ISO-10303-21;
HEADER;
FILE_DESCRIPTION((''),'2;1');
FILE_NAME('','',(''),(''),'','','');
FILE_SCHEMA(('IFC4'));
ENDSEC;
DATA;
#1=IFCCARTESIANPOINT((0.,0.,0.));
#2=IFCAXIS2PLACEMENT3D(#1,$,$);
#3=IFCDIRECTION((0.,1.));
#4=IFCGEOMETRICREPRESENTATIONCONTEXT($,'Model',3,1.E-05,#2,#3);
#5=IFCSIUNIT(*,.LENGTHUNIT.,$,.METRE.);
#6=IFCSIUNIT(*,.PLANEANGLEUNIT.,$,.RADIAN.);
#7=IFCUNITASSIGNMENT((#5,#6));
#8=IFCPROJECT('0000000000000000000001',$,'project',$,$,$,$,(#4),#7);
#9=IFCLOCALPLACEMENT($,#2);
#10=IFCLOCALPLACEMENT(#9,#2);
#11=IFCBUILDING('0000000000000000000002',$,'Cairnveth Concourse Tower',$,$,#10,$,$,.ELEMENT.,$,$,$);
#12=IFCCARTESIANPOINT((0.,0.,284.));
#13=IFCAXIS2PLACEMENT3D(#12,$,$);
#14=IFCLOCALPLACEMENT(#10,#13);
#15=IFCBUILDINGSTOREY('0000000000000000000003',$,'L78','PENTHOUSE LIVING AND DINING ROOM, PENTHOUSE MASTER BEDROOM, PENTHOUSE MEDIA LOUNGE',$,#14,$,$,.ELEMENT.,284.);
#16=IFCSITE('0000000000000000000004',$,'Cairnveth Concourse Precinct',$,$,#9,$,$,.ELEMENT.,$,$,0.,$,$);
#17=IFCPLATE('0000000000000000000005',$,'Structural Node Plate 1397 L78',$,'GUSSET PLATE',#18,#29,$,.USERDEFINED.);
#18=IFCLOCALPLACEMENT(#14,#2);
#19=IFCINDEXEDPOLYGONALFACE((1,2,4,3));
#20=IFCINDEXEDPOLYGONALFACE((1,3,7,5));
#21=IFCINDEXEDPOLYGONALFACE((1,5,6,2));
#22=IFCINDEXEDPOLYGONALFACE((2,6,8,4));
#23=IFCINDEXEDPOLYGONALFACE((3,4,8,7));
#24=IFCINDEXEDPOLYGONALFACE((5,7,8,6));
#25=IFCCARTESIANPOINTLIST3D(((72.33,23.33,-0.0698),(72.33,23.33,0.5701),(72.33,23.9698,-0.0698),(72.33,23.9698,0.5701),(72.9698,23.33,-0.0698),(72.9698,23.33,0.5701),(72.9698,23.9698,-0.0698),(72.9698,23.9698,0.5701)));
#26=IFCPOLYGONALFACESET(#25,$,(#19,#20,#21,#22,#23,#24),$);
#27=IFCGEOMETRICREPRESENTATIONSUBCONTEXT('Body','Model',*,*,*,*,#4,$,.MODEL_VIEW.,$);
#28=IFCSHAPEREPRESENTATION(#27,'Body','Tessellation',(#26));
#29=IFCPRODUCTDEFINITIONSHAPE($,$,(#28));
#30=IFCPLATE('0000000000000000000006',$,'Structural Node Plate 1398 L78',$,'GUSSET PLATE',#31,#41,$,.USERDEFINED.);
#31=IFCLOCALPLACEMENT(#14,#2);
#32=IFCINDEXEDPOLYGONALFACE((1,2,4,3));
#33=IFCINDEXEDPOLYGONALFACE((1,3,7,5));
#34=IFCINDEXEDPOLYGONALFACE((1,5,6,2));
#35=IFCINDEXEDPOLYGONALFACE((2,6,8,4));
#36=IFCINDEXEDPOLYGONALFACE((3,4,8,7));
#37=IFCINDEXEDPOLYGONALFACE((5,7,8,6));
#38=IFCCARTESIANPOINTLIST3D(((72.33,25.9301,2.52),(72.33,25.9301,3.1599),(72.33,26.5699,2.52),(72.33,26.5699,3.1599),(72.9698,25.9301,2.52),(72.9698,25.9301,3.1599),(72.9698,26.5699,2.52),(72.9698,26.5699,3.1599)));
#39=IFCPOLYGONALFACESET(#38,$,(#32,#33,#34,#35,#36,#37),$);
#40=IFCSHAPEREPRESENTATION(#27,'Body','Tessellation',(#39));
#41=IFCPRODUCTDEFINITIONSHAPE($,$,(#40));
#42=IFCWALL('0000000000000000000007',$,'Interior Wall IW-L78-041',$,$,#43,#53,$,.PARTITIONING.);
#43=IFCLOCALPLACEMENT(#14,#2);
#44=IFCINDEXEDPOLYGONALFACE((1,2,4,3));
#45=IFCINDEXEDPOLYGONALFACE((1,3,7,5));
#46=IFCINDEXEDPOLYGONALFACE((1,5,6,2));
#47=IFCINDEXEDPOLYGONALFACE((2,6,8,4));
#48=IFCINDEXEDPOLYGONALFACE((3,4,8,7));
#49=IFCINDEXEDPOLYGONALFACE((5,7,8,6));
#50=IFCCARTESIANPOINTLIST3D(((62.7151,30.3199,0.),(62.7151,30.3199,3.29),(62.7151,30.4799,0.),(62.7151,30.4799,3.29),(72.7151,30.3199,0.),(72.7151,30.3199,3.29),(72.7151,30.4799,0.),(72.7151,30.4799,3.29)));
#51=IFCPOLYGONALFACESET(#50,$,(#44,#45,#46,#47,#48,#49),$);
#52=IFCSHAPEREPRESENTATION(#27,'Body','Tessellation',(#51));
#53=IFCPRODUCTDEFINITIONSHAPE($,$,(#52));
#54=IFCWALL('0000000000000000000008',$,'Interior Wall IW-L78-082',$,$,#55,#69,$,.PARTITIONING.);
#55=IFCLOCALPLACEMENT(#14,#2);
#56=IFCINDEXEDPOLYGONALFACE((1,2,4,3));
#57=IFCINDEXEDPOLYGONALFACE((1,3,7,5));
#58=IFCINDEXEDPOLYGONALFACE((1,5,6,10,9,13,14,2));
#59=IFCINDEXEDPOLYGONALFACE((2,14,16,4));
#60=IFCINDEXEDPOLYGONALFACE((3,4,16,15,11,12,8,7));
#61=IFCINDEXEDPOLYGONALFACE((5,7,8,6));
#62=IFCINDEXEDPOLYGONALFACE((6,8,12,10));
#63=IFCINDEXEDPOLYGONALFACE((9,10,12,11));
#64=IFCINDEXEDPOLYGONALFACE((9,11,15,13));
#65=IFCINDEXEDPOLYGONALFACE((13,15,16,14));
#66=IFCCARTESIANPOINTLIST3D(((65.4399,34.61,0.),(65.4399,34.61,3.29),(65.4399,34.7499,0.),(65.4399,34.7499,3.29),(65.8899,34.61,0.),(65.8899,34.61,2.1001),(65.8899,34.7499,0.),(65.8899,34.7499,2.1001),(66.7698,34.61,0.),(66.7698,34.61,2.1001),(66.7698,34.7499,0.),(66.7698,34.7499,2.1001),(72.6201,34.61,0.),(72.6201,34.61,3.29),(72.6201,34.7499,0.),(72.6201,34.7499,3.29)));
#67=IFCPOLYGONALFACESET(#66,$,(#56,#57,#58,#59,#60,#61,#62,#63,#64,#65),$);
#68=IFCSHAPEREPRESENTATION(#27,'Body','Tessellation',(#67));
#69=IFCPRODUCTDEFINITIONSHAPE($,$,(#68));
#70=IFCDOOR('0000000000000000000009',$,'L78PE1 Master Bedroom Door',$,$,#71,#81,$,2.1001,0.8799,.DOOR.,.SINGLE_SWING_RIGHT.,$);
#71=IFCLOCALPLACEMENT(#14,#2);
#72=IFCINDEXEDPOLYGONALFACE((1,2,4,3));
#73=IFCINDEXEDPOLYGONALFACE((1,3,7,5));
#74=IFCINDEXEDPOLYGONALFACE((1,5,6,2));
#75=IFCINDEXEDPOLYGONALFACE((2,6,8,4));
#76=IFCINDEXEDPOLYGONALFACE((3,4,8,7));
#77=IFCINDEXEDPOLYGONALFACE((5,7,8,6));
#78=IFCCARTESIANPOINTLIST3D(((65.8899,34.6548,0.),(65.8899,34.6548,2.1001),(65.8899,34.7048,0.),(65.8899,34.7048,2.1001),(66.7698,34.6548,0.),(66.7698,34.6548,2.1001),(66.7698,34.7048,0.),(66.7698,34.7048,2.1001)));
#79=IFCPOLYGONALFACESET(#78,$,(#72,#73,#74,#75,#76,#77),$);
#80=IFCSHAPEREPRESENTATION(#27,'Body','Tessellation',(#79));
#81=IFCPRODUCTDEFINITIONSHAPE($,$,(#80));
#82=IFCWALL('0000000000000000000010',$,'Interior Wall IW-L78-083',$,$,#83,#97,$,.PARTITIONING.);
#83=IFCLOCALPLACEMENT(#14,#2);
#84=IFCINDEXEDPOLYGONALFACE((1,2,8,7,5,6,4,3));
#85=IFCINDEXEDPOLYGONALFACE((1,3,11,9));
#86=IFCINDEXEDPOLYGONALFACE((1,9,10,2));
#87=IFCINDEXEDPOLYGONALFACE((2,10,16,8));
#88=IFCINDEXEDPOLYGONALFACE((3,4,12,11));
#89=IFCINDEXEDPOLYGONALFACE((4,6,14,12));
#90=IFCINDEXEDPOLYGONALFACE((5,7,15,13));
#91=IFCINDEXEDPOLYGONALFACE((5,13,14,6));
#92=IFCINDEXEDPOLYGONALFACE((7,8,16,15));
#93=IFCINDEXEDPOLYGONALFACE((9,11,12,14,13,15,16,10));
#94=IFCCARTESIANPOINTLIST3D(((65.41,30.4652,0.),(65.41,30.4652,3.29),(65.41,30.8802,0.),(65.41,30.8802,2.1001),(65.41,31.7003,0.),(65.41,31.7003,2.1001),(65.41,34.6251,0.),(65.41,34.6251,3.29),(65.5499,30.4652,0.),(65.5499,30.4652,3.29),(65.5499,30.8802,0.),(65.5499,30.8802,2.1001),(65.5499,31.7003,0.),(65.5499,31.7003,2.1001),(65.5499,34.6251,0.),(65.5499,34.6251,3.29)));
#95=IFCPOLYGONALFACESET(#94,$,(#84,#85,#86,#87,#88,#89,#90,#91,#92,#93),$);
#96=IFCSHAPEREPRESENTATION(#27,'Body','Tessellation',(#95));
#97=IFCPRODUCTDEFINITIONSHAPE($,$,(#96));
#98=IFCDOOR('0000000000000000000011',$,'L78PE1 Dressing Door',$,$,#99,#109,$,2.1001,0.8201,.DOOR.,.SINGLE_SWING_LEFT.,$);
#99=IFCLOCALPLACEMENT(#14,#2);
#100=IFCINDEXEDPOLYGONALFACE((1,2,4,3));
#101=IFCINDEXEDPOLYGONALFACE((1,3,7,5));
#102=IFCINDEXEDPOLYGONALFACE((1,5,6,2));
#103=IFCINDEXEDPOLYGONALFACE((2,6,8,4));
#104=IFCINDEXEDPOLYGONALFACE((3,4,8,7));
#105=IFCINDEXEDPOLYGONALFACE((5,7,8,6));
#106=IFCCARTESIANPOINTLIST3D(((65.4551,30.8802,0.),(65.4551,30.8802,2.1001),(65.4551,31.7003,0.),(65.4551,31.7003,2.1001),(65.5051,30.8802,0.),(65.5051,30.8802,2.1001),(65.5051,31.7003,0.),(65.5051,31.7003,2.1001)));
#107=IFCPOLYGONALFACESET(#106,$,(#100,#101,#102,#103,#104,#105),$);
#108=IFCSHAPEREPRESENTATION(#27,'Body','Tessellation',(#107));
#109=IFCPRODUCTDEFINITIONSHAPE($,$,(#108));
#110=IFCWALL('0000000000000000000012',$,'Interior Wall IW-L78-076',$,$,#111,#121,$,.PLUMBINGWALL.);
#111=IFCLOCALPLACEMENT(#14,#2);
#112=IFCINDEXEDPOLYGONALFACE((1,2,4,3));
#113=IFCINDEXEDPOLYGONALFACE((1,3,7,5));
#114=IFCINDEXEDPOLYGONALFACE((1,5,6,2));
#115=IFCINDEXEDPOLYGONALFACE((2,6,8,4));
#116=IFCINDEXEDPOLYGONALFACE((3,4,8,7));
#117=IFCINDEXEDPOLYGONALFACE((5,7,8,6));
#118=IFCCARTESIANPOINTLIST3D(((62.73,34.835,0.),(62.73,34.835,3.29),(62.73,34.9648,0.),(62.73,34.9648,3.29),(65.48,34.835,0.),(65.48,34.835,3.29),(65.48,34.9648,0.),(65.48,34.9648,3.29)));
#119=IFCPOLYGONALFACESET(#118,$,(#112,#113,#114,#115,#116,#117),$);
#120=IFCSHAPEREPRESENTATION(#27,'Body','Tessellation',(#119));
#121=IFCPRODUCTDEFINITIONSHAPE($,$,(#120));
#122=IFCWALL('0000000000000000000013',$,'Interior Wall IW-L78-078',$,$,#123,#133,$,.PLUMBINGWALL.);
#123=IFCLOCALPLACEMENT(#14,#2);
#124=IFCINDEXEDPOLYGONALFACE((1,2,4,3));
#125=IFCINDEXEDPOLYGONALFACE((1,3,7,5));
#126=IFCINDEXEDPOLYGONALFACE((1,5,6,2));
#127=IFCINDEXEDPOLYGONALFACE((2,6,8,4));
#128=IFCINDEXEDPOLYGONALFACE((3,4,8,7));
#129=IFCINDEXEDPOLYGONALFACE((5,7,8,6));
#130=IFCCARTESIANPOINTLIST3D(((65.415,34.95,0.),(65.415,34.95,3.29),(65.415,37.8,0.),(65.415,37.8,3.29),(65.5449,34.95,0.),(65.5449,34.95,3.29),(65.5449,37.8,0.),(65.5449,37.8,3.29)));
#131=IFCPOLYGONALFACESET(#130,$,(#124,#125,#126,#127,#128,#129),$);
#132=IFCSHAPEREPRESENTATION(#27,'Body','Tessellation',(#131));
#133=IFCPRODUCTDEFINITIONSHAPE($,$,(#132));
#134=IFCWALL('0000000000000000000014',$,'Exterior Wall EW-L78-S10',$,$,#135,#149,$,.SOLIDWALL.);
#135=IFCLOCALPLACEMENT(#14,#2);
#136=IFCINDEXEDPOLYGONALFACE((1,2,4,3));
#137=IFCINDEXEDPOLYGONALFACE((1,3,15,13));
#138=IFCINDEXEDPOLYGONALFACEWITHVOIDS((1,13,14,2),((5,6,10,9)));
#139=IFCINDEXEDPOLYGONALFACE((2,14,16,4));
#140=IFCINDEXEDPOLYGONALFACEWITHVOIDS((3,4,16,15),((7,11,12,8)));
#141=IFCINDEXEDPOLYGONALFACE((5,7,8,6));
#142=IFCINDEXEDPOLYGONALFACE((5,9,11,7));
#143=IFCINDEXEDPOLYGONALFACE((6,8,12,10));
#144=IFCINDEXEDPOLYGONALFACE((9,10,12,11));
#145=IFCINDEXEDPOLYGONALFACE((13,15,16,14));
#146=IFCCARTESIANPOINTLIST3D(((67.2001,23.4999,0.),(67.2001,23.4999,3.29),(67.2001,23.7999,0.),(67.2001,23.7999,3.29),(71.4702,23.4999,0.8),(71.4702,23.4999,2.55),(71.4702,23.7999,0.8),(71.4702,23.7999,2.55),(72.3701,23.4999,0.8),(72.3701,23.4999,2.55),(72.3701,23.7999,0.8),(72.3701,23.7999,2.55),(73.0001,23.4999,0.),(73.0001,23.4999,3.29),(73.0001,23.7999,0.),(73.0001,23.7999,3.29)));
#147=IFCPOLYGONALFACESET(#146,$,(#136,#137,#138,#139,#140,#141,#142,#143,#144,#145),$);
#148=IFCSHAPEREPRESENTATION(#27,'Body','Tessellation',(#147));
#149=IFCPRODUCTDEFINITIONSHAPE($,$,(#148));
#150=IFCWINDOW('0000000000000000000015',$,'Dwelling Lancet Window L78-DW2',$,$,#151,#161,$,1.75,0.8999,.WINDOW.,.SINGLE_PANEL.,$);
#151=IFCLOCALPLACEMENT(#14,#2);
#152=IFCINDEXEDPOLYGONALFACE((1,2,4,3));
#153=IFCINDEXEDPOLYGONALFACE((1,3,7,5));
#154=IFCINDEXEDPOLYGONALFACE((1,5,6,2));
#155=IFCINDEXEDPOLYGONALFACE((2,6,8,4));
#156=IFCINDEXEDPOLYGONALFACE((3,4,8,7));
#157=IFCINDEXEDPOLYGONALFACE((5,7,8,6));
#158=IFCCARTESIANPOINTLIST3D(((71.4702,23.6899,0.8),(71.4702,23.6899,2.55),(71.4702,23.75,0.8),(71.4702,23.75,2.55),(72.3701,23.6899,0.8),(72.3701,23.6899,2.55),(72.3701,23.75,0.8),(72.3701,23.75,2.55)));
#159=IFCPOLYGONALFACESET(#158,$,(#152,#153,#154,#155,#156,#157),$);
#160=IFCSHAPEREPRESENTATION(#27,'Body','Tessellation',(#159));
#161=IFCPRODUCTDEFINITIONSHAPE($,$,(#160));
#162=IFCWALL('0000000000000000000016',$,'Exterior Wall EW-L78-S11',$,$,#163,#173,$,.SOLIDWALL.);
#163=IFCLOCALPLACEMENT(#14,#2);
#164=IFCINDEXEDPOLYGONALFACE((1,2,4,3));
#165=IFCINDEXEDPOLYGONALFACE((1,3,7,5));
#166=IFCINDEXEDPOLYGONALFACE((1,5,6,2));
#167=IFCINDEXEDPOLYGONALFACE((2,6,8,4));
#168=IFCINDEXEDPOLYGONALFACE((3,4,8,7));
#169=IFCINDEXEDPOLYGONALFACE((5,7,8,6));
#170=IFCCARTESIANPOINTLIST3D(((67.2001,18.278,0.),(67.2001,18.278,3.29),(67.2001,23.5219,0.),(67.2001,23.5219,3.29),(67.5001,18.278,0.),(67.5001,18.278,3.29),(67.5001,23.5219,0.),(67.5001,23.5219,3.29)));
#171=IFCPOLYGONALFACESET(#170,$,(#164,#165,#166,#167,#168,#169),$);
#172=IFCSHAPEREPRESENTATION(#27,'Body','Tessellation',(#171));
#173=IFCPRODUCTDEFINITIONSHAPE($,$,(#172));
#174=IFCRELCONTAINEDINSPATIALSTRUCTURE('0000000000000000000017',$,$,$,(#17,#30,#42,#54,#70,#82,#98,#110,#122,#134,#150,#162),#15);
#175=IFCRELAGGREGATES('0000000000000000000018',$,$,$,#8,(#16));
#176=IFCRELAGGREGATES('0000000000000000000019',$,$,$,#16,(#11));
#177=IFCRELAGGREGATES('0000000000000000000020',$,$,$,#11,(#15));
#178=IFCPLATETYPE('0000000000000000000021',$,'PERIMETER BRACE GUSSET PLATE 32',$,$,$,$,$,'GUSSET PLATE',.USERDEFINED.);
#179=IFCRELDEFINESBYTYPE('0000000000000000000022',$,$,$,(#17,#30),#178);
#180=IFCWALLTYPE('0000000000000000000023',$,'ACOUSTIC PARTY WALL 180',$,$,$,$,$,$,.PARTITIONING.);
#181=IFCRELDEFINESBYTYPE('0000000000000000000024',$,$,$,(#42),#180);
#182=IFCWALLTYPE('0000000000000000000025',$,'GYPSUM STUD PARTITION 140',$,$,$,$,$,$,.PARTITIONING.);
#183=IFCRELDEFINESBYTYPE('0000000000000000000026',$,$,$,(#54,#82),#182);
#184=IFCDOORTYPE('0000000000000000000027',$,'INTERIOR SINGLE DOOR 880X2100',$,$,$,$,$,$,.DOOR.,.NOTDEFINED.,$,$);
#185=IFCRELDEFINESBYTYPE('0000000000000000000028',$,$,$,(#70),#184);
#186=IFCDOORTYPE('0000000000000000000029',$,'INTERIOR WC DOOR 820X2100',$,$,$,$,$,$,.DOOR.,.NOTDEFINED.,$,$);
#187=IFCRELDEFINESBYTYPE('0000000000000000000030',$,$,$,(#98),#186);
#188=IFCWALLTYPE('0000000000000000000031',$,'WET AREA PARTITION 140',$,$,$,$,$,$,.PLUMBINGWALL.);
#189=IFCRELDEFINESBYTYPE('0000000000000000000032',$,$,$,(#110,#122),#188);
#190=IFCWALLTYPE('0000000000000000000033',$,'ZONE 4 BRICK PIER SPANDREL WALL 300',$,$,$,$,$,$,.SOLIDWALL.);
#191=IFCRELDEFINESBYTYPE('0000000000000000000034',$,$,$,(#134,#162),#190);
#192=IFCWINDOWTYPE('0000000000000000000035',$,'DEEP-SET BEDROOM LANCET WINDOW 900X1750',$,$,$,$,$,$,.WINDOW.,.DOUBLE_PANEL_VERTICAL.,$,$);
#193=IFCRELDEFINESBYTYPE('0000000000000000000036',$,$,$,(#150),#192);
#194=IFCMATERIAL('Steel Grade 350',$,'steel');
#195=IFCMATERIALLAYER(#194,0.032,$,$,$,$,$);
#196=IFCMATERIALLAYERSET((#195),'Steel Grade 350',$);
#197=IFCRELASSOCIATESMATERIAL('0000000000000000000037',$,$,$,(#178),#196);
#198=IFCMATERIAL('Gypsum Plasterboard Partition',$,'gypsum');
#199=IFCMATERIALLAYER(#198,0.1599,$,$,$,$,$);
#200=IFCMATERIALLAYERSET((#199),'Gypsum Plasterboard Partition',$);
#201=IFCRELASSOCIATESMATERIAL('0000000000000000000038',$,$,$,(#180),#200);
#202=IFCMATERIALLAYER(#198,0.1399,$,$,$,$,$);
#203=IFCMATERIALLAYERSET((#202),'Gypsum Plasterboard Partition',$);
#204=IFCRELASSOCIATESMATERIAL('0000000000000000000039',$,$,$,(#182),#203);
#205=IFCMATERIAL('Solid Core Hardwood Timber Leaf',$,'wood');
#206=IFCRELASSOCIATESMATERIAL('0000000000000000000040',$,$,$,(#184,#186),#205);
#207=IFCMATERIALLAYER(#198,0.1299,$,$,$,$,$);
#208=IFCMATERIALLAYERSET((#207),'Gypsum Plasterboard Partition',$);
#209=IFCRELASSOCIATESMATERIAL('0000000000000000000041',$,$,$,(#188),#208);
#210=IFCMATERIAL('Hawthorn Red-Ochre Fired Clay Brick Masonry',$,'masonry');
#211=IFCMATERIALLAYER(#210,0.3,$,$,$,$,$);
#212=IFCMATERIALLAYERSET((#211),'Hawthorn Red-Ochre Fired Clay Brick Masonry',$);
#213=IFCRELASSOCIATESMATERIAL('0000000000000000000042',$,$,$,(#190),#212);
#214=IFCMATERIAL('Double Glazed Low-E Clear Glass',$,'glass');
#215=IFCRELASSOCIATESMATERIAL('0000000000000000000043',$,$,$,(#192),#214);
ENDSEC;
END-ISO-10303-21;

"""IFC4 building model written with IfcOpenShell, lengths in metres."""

from ifc_helpers import new_model, si_unit, direction, frame, frame_2d, origin, origin_2d, place, context, subcontext, project, spatial, rectangle, extrude, material, layer, layer_set, type_object, element, fill, save


model = new_model("IFC4")

# Units and contexts
model_context = context("Model", 3, precision=1e-05, world=origin(), true_north=direction((0.0, 1.0)))
body_context = subcontext(model_context, "Body", "Model", "MODEL_VIEW")
ifc_project = project(units=[si_unit("LENGTHUNIT", "METRE"), si_unit("PLANEANGLEUNIT", "RADIAN")], contexts=[model_context])

# Site, building, storey
site_placement = place(None, origin())
site = spatial("IfcSite", under=ifc_project, at=site_placement, Name="Cairnveth Concourse Precinct", CompositionType="ELEMENT", RefElevation=0.0)
building_placement = place(site_placement, origin())
building = spatial("IfcBuilding", under=site, at=building_placement, Name="Cairnveth Concourse Tower", CompositionType="ELEMENT")
storey_placement = place(building_placement, frame((0.0, 0.0, 284.0)))
storey = spatial("IfcBuildingStorey", under=building, at=storey_placement, Name="L78", Description="PENTHOUSE LIVING AND DINING ROOM, PENTHOUSE MASTER BEDROOM, PENTHOUSE MEDIA LOUNGE", CompositionType="ELEMENT", Elevation=284.0)

# Shared definitions
ifc_material_1 = material(Name="Steel Grade 350", Category="steel")

# Plates
ifc_layer_1 = layer(ifc_material_1, 0.032)
ifc_layer_set_1 = layer_set([ifc_layer_1], Name="Steel Grade 350")
plate_type = type_object("IfcPlateType", Name="PERIMETER BRACE GUSSET PLATE 32", ElementType="GUSSET PLATE", PredefinedType="USERDEFINED", material=ifc_layer_set_1)
for number, where, z_axis, x_axis, name in (
    (1, (72.6499, 23.6499, -0.0698), (0.0, 0.0, 1.0), (1.0, 0.0, 0.0), "Structural Node Plate 1397 L78"),
    (2, (72.6499, 26.25, 2.52), (0.0, 0.0, 1.0), (1.0, 0.0, 0.0), "Structural Node Plate 1398 L78"),
):
    element("IfcPlate", number, at=place(storey_placement, frame(where, z_axis=z_axis, x_axis=x_axis)), inside=storey, type_object=plate_type, Name=name, ObjectType="GUSSET PLATE", PredefinedType="USERDEFINED", context=body_context, shape_type="SweptSolid", body=[
        extrude(rectangle(XDim=0.6399, YDim=0.6399, at=origin_2d()), origin(), (0.0, 0.0, 1.0), 0.6399),
    ])

# Wall
ifc_material_2 = material(Name="Gypsum Plasterboard Partition", Category="gypsum")
ifc_layer_2 = layer(ifc_material_2, 0.1599)
ifc_layer_set_2 = layer_set([ifc_layer_2], Name="Gypsum Plasterboard Partition")
wall_type_1 = type_object("IfcWallType", Name="ACOUSTIC PARTY WALL 180", PredefinedType="PARTITIONING", material=ifc_layer_set_2)
wall_1_placement = place(storey_placement, frame((62.7151, 30.3999, 0.0), z_axis=(0.0, 0.0, 1.0), x_axis=(1.0, 0.0, 0.0)))
element("IfcWall", 3, at=wall_1_placement, inside=storey, type_object=wall_type_1, Name="Interior Wall IW-L78-041", PredefinedType="PARTITIONING", context=body_context, shape_type="SweptSolid", body=[
    extrude(rectangle(XDim=10.0, YDim=0.1599, at=frame_2d((5.0, 0.0))), origin(), (0.0, 0.0, 1.0), 3.29),
])

# Walls, openings, doors
ifc_layer_3 = layer(ifc_material_2, 0.1399)
ifc_layer_set_3 = layer_set([ifc_layer_3], Name="Gypsum Plasterboard Partition")
wall_type_2 = type_object("IfcWallType", Name="GYPSUM STUD PARTITION 140", PredefinedType="PARTITIONING", material=ifc_layer_set_3)
wall_2_placement = place(storey_placement, frame((65.4399, 34.6799, 0.0), z_axis=(0.0, 0.0, 1.0), x_axis=(1.0, 0.0, 0.0)))
wall_2 = element("IfcWall", 4, at=wall_2_placement, inside=storey, type_object=wall_type_2, Name="Interior Wall IW-L78-082", PredefinedType="PARTITIONING", context=body_context, shape_type="SweptSolid", body=[
    extrude(rectangle(XDim=7.1802, YDim=0.1399, at=frame_2d((3.5901, 0.0))), origin(), (0.0, 0.0, 1.0), 3.29),
])
opening_1_placement = place(wall_2_placement, frame((0.45, 0.0, 0.0)))
opening_1 = element("IfcOpeningElement", 5, at=opening_1_placement, cuts=wall_2, PredefinedType="OPENING", context=body_context, shape_type="SweptSolid", body=[
    extrude(rectangle(XDim=0.8799, YDim=2.1001, at=frame_2d((0.4399, 1.05))), frame((0.0, 0.0798, 0.0), z_axis=(0.0, -1.0, 0.0), x_axis=(1.0, 0.0, 0.0)), (0.0, 0.0, 1.0), 0.1599),
])
ifc_material_3 = material(Name="Solid Core Hardwood Timber Leaf", Category="wood")
door_type_1 = type_object("IfcDoorType", Name="INTERIOR SINGLE DOOR 880X2100", OperationType="NOTDEFINED", PredefinedType="DOOR", material=ifc_material_3)
door_1_placement = place(opening_1_placement, origin())
door_1 = element("IfcDoor", 6, at=door_1_placement, inside=storey, type_object=door_type_1, Name="L78PE1 Master Bedroom Door", OperationType="SINGLE_SWING_RIGHT", OverallHeight=2.1001, OverallWidth=0.8799, PredefinedType="DOOR", context=body_context, shape_type="SweptSolid", body=[
    extrude(rectangle(XDim=0.8799, YDim=2.1001, at=frame_2d((0.4399, 1.05))), frame((0.0, 0.0249, 0.0), z_axis=(0.0, -1.0, 0.0), x_axis=(1.0, 0.0, 0.0)), (0.0, 0.0, 1.0), 0.05),
])
fill(opening_1, door_1)
wall_3_placement = place(storey_placement, frame((65.48, 30.4651, 0.0), z_axis=(0.0, 0.0, 1.0), x_axis=(0.0, 1.0, 0.0)))
wall_3 = element("IfcWall", 7, at=wall_3_placement, inside=storey, type_object=wall_type_2, Name="Interior Wall IW-L78-083", PredefinedType="PARTITIONING", context=body_context, shape_type="SweptSolid", body=[
    extrude(rectangle(XDim=4.1599, YDim=0.1399, at=frame_2d((2.0801, 0.0))), origin(), (0.0, 0.0, 1.0), 3.29),
])
opening_2_placement = place(wall_3_placement, frame((0.415, 0.0, 0.0)))
opening_2 = element("IfcOpeningElement", 8, at=opening_2_placement, cuts=wall_3, PredefinedType="OPENING", context=body_context, shape_type="SweptSolid", body=[
    extrude(rectangle(XDim=0.8201, YDim=2.1001, at=frame_2d((0.4102, 1.05))), frame((0.0, 0.0798, 0.0), z_axis=(0.0, -1.0, 0.0), x_axis=(1.0, 0.0, 0.0)), (0.0, 0.0, 1.0), 0.1599),
])
door_type_2 = type_object("IfcDoorType", Name="INTERIOR WC DOOR 820X2100", OperationType="NOTDEFINED", PredefinedType="DOOR", material=ifc_material_3)
door_2_placement = place(opening_2_placement, origin())
door_2 = element("IfcDoor", 9, at=door_2_placement, inside=storey, type_object=door_type_2, Name="L78PE1 Dressing Door", OperationType="SINGLE_SWING_LEFT", OverallHeight=2.1001, OverallWidth=0.8201, PredefinedType="DOOR", context=body_context, shape_type="SweptSolid", body=[
    extrude(rectangle(XDim=0.8201, YDim=2.1001, at=frame_2d((0.4102, 1.05))), frame((0.0, 0.0249, 0.0), z_axis=(0.0, -1.0, 0.0), x_axis=(1.0, 0.0, 0.0)), (0.0, 0.0, 1.0), 0.05),
])
fill(opening_2, door_2)

# Walls
ifc_layer_4 = layer(ifc_material_2, 0.1299)
ifc_layer_set_4 = layer_set([ifc_layer_4], Name="Gypsum Plasterboard Partition")
wall_type_3 = type_object("IfcWallType", Name="WET AREA PARTITION 140", PredefinedType="PLUMBINGWALL", material=ifc_layer_set_4)
wall_4_placement = place(storey_placement, frame((62.73, 34.8999, 0.0), z_axis=(0.0, 0.0, 1.0), x_axis=(1.0, 0.0, 0.0)))
element("IfcWall", 10, at=wall_4_placement, inside=storey, type_object=wall_type_3, Name="Interior Wall IW-L78-076", PredefinedType="PLUMBINGWALL", context=body_context, shape_type="SweptSolid", body=[
    extrude(rectangle(XDim=2.75, YDim=0.1299, at=frame_2d((1.375, 0.0))), origin(), (0.0, 0.0, 1.0), 3.29),
])
wall_5_placement = place(storey_placement, frame((65.48, 34.95, 0.0), z_axis=(0.0, 0.0, 1.0), x_axis=(0.0, 1.0, 0.0)))
element("IfcWall", 11, at=wall_5_placement, inside=storey, type_object=wall_type_3, Name="Interior Wall IW-L78-078", PredefinedType="PLUMBINGWALL", context=body_context, shape_type="SweptSolid", body=[
    extrude(rectangle(XDim=2.8501, YDim=0.1299, at=frame_2d((1.425, 0.0))), origin(), (0.0, 0.0, 1.0), 3.29),
])

# Wall, opening, window
ifc_material_4 = material(Name="Hawthorn Red-Ochre Fired Clay Brick Masonry", Category="masonry")
ifc_layer_5 = layer(ifc_material_4, 0.3)
ifc_layer_set_5 = layer_set([ifc_layer_5], Name="Hawthorn Red-Ochre Fired Clay Brick Masonry")
wall_type_4 = type_object("IfcWallType", Name="ZONE 4 BRICK PIER SPANDREL WALL 300", PredefinedType="SOLIDWALL", material=ifc_layer_set_5)
wall_6_placement = place(storey_placement, frame((73.0, 23.6499, 0.0), z_axis=(0.0, 0.0, 1.0), x_axis=(-1.0, 0.0, 0.0)))
wall_6 = element("IfcWall", 12, at=wall_6_placement, inside=storey, type_object=wall_type_4, Name="Exterior Wall EW-L78-S10", PredefinedType="SOLIDWALL", context=body_context, shape_type="SweptSolid", body=[
    extrude(rectangle(XDim=5.8, YDim=0.3, at=frame_2d((2.8999, 0.0))), origin(), (0.0, 0.0, 1.0), 3.29),
])
opening_3_placement = place(wall_6_placement, frame((0.6299, 0.0, 0.8)))
opening_3 = element("IfcOpeningElement", 13, at=opening_3_placement, cuts=wall_6, PredefinedType="OPENING", context=body_context, shape_type="SweptSolid", body=[
    extrude(rectangle(XDim=0.8999, YDim=1.75, at=frame_2d((0.45, 0.875))), frame((0.0, 0.1599, 0.0), z_axis=(0.0, -1.0, 0.0), x_axis=(1.0, 0.0, 0.0)), (0.0, 0.0, 1.0), 0.3201),
])
ifc_material_5 = material(Name="Double Glazed Low-E Clear Glass", Category="glass")
window_type = type_object("IfcWindowType", Name="DEEP-SET BEDROOM LANCET WINDOW 900X1750", PartitioningType="DOUBLE_PANEL_VERTICAL", PredefinedType="WINDOW", material=ifc_material_5)
window_placement = place(opening_3_placement, origin())
window = element("IfcWindow", 14, at=window_placement, inside=storey, type_object=window_type, Name="Dwelling Lancet Window L78-DW2", OverallHeight=1.75, OverallWidth=0.8999, PartitioningType="SINGLE_PANEL", PredefinedType="WINDOW", context=body_context, shape_type="SweptSolid", body=[
    extrude(rectangle(XDim=0.8999, YDim=1.75, at=frame_2d((0.45, 0.875))), frame((0.0, -0.04, 0.0), z_axis=(0.0, -1.0, 0.0), x_axis=(1.0, 0.0, 0.0)), (0.0, 0.0, 1.0), 0.0601),
])
fill(opening_3, window)

# Wall
wall_7_placement = place(storey_placement, frame((67.3501, 23.522, 0.0), z_axis=(0.0, 0.0, 1.0), x_axis=(0.0, -1.0, 0.0)))
element("IfcWall", 15, at=wall_7_placement, inside=storey, type_object=wall_type_4, Name="Exterior Wall EW-L78-S11", PredefinedType="SOLIDWALL", context=body_context, shape_type="SweptSolid", body=[
    extrude(rectangle(XDim=5.2439, YDim=0.3, at=frame_2d((2.6221, 0.0))), origin(), (0.0, 0.0, 1.0), 3.29),
])

save(model, "model.ifc")
